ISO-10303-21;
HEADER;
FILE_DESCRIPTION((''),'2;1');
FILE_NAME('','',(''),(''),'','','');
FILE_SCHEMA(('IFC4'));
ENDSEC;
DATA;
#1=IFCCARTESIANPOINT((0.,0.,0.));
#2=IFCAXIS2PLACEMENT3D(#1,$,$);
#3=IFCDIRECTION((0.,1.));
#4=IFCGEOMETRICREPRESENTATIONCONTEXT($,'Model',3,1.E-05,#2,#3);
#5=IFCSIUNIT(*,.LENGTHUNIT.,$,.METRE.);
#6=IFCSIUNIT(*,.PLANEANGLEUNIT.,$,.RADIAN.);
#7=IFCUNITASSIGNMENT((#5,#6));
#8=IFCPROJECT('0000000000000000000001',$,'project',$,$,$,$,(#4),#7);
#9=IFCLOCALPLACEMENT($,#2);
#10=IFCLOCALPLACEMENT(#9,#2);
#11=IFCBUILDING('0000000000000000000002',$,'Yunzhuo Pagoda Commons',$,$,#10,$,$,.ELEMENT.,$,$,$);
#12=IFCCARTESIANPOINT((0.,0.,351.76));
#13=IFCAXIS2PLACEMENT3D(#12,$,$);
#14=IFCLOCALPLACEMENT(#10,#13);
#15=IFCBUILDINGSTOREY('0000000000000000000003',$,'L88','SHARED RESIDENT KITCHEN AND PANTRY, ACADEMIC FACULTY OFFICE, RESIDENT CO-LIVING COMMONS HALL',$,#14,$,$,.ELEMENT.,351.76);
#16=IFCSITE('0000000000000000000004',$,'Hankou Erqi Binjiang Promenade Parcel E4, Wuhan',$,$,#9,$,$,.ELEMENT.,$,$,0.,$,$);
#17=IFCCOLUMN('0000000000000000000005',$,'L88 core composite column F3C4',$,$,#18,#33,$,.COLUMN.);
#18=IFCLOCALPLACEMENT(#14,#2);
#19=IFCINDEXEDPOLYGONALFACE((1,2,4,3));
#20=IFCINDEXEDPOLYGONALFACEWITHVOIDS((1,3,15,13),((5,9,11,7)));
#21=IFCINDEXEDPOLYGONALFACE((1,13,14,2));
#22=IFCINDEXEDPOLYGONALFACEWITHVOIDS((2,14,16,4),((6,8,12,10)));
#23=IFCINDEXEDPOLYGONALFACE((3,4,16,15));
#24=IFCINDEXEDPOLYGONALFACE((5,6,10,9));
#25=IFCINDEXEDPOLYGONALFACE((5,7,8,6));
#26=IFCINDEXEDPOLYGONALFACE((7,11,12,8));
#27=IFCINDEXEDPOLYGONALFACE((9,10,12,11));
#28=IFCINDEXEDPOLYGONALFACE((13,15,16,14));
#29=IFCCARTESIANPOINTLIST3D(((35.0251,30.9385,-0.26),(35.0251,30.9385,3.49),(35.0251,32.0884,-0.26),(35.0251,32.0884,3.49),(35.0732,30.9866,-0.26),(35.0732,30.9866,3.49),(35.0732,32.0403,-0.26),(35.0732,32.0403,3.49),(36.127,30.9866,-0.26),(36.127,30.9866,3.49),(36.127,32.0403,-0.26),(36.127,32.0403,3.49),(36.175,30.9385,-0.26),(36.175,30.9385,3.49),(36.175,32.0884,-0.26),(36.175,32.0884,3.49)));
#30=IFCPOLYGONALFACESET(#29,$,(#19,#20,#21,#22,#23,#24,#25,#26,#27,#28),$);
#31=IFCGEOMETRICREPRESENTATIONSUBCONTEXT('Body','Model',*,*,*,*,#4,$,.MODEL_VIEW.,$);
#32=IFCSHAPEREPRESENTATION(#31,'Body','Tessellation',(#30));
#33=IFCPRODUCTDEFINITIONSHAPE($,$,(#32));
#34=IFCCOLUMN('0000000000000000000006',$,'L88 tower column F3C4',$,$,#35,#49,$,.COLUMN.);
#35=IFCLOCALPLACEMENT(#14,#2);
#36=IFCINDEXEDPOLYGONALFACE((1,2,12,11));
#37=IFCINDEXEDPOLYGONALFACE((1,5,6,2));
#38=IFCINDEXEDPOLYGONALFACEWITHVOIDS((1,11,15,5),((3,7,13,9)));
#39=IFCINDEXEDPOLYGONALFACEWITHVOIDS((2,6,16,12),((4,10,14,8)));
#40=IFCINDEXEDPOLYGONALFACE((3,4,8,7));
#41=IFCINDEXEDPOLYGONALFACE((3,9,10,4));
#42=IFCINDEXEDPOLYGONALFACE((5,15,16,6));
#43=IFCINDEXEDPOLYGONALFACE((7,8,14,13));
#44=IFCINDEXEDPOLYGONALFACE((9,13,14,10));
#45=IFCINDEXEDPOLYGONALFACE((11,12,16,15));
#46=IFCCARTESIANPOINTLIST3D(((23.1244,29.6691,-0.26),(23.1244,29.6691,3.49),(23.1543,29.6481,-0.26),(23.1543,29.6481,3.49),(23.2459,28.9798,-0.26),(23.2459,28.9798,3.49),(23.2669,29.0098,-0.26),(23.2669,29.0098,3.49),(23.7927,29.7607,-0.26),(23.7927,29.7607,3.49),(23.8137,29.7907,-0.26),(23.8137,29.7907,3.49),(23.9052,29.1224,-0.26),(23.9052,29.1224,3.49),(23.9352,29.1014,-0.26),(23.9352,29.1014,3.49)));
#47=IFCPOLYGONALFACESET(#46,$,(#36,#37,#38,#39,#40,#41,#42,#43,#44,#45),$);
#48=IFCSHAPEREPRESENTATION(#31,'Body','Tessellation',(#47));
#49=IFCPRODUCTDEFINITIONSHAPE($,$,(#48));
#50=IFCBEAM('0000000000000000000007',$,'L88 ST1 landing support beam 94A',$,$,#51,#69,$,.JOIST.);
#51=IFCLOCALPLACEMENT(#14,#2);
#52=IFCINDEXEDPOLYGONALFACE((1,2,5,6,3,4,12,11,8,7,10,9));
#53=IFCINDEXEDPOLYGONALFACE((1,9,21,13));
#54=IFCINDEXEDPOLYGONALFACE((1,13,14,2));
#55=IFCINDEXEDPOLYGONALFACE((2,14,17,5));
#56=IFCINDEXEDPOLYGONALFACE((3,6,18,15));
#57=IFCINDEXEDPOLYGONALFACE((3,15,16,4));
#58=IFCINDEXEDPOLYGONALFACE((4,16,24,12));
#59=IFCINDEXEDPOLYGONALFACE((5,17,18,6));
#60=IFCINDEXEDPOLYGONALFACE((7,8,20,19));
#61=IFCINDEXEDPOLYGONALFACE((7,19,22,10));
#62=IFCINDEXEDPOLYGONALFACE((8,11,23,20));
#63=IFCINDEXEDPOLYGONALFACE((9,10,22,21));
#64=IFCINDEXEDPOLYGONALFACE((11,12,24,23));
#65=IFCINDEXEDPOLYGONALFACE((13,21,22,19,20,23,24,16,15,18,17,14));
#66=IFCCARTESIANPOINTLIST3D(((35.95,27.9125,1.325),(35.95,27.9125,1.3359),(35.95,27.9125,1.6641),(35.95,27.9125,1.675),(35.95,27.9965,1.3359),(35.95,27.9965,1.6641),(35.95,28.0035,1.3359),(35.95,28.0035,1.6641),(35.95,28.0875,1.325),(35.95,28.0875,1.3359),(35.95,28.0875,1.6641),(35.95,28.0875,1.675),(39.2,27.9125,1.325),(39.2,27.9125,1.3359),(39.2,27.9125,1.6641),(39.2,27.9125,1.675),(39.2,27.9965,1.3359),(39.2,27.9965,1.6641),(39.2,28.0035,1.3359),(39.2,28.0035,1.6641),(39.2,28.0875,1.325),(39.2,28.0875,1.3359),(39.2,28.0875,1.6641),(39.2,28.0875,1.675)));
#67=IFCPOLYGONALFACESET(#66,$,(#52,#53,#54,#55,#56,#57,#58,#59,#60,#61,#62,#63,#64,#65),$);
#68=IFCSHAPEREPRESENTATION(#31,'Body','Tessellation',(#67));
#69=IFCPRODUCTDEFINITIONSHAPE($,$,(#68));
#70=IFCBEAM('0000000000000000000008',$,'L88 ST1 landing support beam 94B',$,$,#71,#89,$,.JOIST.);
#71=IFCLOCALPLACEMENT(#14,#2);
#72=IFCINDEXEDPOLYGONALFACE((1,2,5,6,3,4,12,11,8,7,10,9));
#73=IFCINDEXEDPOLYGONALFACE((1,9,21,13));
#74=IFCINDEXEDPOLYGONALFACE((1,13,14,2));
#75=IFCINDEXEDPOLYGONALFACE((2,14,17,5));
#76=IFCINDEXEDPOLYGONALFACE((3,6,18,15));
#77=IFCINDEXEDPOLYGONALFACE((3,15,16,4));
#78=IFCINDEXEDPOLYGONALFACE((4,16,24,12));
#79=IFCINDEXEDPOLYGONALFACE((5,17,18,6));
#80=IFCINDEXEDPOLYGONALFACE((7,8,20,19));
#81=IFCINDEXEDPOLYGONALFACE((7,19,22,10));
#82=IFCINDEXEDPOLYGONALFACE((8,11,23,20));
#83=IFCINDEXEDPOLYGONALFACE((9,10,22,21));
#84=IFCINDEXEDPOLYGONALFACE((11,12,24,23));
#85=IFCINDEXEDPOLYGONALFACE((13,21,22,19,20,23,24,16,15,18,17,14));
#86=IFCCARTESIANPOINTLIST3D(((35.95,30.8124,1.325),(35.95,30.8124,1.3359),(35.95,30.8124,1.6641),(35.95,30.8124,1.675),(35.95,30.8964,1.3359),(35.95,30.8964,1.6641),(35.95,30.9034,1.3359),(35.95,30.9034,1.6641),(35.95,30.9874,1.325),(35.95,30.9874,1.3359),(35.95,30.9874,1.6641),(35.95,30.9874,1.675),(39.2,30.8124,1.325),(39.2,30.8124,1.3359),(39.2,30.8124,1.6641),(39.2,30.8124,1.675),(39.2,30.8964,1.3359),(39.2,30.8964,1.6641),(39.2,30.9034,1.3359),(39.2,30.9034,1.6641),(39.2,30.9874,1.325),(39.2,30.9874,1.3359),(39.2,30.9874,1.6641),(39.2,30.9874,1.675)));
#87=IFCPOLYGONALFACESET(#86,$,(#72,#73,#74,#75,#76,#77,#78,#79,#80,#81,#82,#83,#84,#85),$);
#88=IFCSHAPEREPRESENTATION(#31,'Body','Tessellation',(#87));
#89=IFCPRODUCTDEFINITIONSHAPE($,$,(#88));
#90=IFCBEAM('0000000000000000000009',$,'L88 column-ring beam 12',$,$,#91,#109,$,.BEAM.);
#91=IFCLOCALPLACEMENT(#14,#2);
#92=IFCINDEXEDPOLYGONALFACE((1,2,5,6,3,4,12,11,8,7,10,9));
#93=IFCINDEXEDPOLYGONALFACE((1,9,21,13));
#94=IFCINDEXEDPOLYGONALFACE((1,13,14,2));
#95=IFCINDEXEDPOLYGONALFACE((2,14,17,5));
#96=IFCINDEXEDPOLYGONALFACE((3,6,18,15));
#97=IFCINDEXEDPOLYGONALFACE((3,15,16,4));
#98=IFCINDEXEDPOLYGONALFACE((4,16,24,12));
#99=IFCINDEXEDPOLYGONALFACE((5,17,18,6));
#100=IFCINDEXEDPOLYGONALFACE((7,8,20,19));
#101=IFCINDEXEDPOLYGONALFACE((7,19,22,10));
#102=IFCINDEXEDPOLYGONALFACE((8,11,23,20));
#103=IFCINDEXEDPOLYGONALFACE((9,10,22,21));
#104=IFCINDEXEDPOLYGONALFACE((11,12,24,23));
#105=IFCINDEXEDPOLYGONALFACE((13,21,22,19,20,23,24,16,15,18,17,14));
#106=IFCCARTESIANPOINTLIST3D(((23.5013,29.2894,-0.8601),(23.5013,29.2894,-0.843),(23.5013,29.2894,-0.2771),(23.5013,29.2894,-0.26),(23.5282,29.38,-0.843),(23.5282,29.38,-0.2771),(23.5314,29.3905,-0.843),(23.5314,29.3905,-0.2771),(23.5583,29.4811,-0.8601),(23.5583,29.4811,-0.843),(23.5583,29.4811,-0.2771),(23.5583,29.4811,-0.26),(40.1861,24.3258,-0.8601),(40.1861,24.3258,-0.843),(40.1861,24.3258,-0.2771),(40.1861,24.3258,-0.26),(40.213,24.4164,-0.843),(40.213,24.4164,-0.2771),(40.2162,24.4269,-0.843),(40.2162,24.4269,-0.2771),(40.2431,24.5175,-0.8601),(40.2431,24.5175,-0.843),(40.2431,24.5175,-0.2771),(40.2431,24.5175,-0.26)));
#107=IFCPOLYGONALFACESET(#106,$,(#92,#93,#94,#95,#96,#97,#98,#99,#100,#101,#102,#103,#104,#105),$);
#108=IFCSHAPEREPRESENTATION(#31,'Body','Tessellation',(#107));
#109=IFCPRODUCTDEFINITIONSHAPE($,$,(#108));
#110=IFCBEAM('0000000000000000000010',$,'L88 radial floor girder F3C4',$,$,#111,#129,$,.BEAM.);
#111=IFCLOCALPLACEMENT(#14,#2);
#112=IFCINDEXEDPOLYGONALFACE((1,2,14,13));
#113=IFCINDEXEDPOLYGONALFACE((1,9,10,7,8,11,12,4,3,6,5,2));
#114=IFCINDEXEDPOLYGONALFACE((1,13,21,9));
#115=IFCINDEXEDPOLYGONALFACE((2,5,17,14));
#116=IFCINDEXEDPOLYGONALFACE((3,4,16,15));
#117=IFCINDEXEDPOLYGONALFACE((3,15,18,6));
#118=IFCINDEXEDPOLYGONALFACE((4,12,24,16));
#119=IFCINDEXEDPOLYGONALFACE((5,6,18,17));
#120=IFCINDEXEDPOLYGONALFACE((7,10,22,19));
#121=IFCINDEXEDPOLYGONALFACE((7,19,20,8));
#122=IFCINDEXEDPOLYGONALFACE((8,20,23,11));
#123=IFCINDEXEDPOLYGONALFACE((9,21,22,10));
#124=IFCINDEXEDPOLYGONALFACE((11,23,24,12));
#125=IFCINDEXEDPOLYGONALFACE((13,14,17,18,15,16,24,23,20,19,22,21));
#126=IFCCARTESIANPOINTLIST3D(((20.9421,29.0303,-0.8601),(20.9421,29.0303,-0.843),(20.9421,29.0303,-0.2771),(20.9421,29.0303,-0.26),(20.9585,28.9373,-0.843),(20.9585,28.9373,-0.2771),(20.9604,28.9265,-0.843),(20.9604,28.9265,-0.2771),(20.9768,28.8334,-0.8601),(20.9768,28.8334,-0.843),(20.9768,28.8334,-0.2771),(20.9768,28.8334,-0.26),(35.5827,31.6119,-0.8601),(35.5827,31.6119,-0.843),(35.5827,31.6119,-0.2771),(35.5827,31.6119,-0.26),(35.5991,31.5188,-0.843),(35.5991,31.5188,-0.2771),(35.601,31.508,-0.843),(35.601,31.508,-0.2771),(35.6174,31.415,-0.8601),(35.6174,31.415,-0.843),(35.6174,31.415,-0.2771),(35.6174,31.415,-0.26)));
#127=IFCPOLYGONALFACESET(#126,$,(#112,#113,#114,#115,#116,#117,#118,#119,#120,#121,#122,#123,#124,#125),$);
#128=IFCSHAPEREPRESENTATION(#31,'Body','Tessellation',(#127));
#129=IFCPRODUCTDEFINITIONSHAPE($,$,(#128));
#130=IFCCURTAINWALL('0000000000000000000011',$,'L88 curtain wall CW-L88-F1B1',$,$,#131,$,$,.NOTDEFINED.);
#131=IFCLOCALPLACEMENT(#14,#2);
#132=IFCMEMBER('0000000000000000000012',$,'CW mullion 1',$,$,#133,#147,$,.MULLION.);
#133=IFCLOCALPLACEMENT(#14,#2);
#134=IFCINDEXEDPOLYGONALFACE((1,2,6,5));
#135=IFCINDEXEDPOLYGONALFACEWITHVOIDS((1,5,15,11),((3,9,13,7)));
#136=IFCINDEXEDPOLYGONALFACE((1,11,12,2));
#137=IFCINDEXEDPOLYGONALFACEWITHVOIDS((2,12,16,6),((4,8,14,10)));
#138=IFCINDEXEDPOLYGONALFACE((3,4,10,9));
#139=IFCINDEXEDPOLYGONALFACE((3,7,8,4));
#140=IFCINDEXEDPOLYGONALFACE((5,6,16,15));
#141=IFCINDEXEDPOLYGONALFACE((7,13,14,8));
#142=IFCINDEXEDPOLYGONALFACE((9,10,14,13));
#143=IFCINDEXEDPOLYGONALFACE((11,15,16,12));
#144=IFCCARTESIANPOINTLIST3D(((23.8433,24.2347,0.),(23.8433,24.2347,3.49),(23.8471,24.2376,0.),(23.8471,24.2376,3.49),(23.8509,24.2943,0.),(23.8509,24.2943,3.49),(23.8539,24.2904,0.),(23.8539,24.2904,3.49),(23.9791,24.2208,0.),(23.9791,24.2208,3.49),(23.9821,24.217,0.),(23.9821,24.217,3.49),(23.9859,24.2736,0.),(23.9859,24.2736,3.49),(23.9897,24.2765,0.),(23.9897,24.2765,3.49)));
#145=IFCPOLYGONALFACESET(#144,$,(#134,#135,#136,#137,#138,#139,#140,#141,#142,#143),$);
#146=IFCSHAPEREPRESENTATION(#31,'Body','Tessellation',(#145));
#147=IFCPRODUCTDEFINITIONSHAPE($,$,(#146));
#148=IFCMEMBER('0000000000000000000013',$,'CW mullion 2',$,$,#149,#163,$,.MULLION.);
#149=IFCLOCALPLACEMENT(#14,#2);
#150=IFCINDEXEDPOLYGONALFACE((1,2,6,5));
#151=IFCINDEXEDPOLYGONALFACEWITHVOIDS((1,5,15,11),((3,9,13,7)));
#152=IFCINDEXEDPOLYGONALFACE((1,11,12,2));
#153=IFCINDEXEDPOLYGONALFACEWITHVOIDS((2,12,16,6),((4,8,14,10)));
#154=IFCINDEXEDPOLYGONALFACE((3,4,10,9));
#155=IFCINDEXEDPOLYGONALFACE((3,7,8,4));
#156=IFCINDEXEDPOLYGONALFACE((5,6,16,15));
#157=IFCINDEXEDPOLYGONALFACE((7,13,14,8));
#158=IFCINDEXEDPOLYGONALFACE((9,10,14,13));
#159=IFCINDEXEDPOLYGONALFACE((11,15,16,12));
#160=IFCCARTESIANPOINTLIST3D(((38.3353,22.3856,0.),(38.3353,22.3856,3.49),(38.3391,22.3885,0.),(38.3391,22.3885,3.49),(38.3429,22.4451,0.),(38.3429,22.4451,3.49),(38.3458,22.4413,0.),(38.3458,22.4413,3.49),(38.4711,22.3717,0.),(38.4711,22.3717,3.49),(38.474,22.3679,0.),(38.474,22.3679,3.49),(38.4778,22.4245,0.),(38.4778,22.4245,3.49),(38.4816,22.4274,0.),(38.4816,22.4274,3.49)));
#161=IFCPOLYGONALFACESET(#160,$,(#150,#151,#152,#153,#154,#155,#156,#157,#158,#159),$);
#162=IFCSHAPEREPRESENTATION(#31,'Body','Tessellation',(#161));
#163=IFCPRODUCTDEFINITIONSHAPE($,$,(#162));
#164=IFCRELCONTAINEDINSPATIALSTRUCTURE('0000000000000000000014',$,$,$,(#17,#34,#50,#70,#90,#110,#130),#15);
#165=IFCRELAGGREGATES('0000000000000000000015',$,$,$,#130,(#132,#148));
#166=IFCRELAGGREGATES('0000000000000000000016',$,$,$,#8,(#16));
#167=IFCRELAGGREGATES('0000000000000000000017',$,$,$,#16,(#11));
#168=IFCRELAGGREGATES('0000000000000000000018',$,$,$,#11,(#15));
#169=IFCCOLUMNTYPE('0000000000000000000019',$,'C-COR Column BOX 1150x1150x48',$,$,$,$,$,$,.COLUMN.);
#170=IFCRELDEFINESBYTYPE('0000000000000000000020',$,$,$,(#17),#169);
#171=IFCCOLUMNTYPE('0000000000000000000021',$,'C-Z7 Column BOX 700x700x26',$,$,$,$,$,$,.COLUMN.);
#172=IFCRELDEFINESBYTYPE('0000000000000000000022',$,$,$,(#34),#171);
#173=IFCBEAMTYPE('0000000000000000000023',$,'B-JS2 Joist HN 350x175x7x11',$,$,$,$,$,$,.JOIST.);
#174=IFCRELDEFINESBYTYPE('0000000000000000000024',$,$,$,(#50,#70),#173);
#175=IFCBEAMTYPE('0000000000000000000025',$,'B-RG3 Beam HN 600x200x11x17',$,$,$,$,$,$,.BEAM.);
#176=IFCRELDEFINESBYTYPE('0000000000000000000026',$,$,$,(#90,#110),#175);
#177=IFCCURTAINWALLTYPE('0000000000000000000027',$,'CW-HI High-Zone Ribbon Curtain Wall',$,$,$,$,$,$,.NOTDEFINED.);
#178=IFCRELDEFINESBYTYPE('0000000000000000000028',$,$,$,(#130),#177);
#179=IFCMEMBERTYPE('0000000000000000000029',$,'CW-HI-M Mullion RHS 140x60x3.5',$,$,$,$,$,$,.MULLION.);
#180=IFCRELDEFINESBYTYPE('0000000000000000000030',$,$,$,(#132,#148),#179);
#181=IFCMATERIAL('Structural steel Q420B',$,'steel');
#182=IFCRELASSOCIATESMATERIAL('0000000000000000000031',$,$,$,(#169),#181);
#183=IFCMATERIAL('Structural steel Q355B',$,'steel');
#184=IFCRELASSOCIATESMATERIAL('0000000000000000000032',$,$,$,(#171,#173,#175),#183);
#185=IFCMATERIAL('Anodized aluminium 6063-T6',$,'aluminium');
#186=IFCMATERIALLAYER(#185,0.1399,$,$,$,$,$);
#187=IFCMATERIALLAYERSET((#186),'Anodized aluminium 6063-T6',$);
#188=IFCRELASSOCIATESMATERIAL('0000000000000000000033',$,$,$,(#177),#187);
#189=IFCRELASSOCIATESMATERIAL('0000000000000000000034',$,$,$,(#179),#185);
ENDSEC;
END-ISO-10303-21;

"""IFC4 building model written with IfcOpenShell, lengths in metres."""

from ifc_helpers import new_model, si_unit, direction, frame, origin, origin_2d, place, context, subcontext, project, spatial, hollow_rectangle, i_section, extrude, source, transform, mapped, material, layer, layer_set, material_profile, profile_set, type_object, element, aggregate, save


model = new_model("IFC4")

# Units and contexts
model_context = context("Model", 3, precision=1e-05, world=origin(), true_north=direction((0.0, 1.0)))
body_context = subcontext(model_context, "Body", "Model", "MODEL_VIEW")
ifc_project = project(units=[si_unit("LENGTHUNIT", "METRE"), si_unit("PLANEANGLEUNIT", "RADIAN")], contexts=[model_context])

# Site, building, storey
site_placement = place(None, origin())
site = spatial("IfcSite", under=ifc_project, at=site_placement, Name="Hankou Erqi Binjiang Promenade Parcel E4, Wuhan", CompositionType="ELEMENT", RefElevation=0.0)
building_placement = place(site_placement, origin())
building = spatial("IfcBuilding", under=site, at=building_placement, Name="Yunzhuo Pagoda Commons", CompositionType="ELEMENT")
storey_placement = place(building_placement, frame((0.0, 0.0, 351.76)))
storey = spatial("IfcBuildingStorey", under=building, at=storey_placement, Name="L88", Description="SHARED RESIDENT KITCHEN AND PANTRY, ACADEMIC FACULTY OFFICE, RESIDENT CO-LIVING COMMONS HALL", CompositionType="ELEMENT", Elevation=351.76)

# Columns
ifc_material_1 = material(Name="Structural steel Q420B", Category="steel")
ifc_material_profile_1 = material_profile(ifc_material_1, hollow_rectangle(XDim=1.1499, YDim=1.1499, WallThickness=0.0481, at=origin_2d()), Name="Structural steel Q420B")
ifc_profile_set_1 = profile_set([ifc_material_profile_1], Name="Structural steel Q420B")
column_type_1 = type_object("IfcColumnType", Name="C-COR Column BOX 1150x1150x48", PredefinedType="COLUMN", material=ifc_profile_set_1)
shared_shape_1 = source(origin(), body_context, "Body", "SweptSolid", [
    extrude(hollow_rectangle(XDim=1.1499, YDim=1.1499, WallThickness=0.0481, at=origin_2d()), origin(), (0.0, 0.0, 1.0), 3.75),
])
column_1_placement = place(storey_placement, frame((35.6001, 31.5134, -0.26), z_axis=(0.0, 0.0, 1.0), x_axis=(1.0, 0.0, 0.0)))
element("IfcColumn", 1, at=column_1_placement, inside=storey, type_object=column_type_1, Name="L88 core composite column F3C4", PredefinedType="COLUMN", context=body_context, shape_type="MappedRepresentation", body=[
    mapped(shared_shape_1, transform((0.0, 0.0, 0.0), scale=1.0)),
])
ifc_material_2 = material(Name="Structural steel Q355B", Category="steel")
ifc_material_profile_2 = material_profile(ifc_material_2, hollow_rectangle(XDim=0.7, YDim=0.7, WallThickness=0.0259, at=origin_2d()), Name="Structural steel Q355B")
ifc_profile_set_2 = profile_set([ifc_material_profile_2], Name="Structural steel Q355B")
column_type_2 = type_object("IfcColumnType", Name="C-Z7 Column BOX 700x700x26", PredefinedType="COLUMN", material=ifc_profile_set_2)
shared_shape_2 = source(origin(), body_context, "Body", "SweptSolid", [
    extrude(hollow_rectangle(XDim=0.7, YDim=0.7, WallThickness=0.0259, at=origin_2d()), origin(), (0.0, 0.0, 1.0), 3.75),
])
column_2_placement = place(storey_placement, frame((23.5298, 29.3853, -0.26), z_axis=(0.0, 0.0, 1.0), x_axis=(0.173648, -0.984808, 0.0)))
element("IfcColumn", 2, at=column_2_placement, inside=storey, type_object=column_type_2, Name="L88 tower column F3C4", PredefinedType="COLUMN", context=body_context, shape_type="MappedRepresentation", body=[
    mapped(shared_shape_2, transform((0.0, 0.0, 0.0), scale=1.0)),
])

# Beams
ifc_material_profile_3 = material_profile(ifc_material_2, i_section(OverallWidth=0.175, OverallDepth=0.3501, WebThickness=0.0071, FlangeThickness=0.011, at=origin_2d()), Name="Structural steel Q355B")
ifc_profile_set_3 = profile_set([ifc_material_profile_3], Name="Structural steel Q355B")
beam_type_1 = type_object("IfcBeamType", Name="B-JS2 Joist HN 350x175x7x11", PredefinedType="JOIST", material=ifc_profile_set_3)
shared_shape_3 = source(origin(), body_context, "Body", "SweptSolid", [
    extrude(i_section(OverallWidth=0.175, OverallDepth=0.3501, WebThickness=0.0071, FlangeThickness=0.011, at=origin_2d()), origin(), (0.0, 0.0, 1.0), 3.25),
])
for number, where, z_axis, x_axis, name in (
    (3, (35.95, 28.0, 1.5), (1.0, 0.0, 0.0), (0.0, 1.0, 0.0), "L88 ST1 landing support beam 94A"),
    (4, (35.95, 30.8999, 1.5), (1.0, 0.0, 0.0), (0.0, 1.0, 0.0), "L88 ST1 landing support beam 94B"),
):
    element("IfcBeam", number, at=place(storey_placement, frame(where, z_axis=z_axis, x_axis=x_axis)), inside=storey, type_object=beam_type_1, Name=name, PredefinedType="JOIST", context=body_context, shape_type="MappedRepresentation", body=[
        mapped(shared_shape_3, transform((0.0, 0.0, 0.0), scale=1.0)),
    ])
ifc_material_profile_4 = material_profile(ifc_material_2, i_section(OverallWidth=0.2, OverallDepth=0.6001, WebThickness=0.011, FlangeThickness=0.0171, at=origin_2d()), Name="Structural steel Q355B")
ifc_profile_set_4 = profile_set([ifc_material_profile_4], Name="Structural steel Q355B")
beam_type_2 = type_object("IfcBeamType", Name="B-RG3 Beam HN 600x200x11x17", PredefinedType="BEAM", material=ifc_profile_set_4)
shared_shape_4 = source(origin(), body_context, "Body", "SweptSolid", [
    extrude(i_section(OverallWidth=0.2, OverallDepth=0.6001, WebThickness=0.011, FlangeThickness=0.0171, at=origin_2d()), origin(), (0.0, 0.0, 1.0), 17.4075),
])
beam_1_placement = place(storey_placement, frame((23.5298, 29.3853, -0.5601), z_axis=(0.958485, -0.285143, 0.0), x_axis=(0.285143, 0.958485, 0.0)))
element("IfcBeam", 5, at=beam_1_placement, inside=storey, type_object=beam_type_2, Name="L88 column-ring beam 12", PredefinedType="BEAM", context=body_context, shape_type="MappedRepresentation", body=[
    mapped(shared_shape_4, transform((0.0, 0.0, 0.0), scale=1.0)),
])
shared_shape_5 = source(origin(), body_context, "Body", "SweptSolid", [
    extrude(i_section(OverallWidth=0.2, OverallDepth=0.6001, WebThickness=0.011, FlangeThickness=0.0171, at=origin_2d()), origin(), (0.0, 0.0, 1.0), 14.8665),
])
beam_2_placement = place(storey_placement, frame((20.9595, 28.9319, -0.5601), z_axis=(0.984808, 0.173649, 0.0), x_axis=(-0.173649, 0.984808, 0.0)))
element("IfcBeam", 6, at=beam_2_placement, inside=storey, type_object=beam_type_2, Name="L88 radial floor girder F3C4", PredefinedType="BEAM", context=body_context, shape_type="MappedRepresentation", body=[
    mapped(shared_shape_5, transform((0.0, 0.0, 0.0), scale=1.0)),
])

# Curtain wall, members
ifc_material_3 = material(Name="Anodized aluminium 6063-T6", Category="aluminium")
ifc_layer_1 = layer(ifc_material_3, 0.1399)
ifc_layer_set_1 = layer_set([ifc_layer_1], Name="Anodized aluminium 6063-T6")
curtain_wall_type = type_object("IfcCurtainWallType", Name="CW-HI High-Zone Ribbon Curtain Wall", PredefinedType="NOTDEFINED", material=ifc_layer_set_1)
curtain_wall_1_placement = place(storey_placement, origin())
curtain_wall_1 = element("IfcCurtainWall", 7, at=curtain_wall_1_placement, inside=storey, type_object=curtain_wall_type, Name="L88 curtain wall CW-L88-F1B1", PredefinedType="NOTDEFINED")
ifc_material_profile_5 = material_profile(ifc_material_3, hollow_rectangle(XDim=0.0601, YDim=0.1399, WallThickness=0.0034, at=origin_2d()), Name="Anodized aluminium 6063-T6")
ifc_profile_set_5 = profile_set([ifc_material_profile_5], Name="Anodized aluminium 6063-T6")
member_type_1 = type_object("IfcMemberType", Name="CW-HI-M Mullion RHS 140x60x3.5", PredefinedType="MULLION", material=ifc_profile_set_5)
shared_shape_6 = source(origin(), body_context, "Body", "SweptSolid", [
    extrude(hollow_rectangle(XDim=0.0601, YDim=0.1399, WallThickness=0.0034, at=origin_2d()), origin(), (0.0, 0.0, 1.0), 3.49),
])
member_1_placement = place(storey_placement, frame((23.9165, 24.2556, 0.0), z_axis=(0.0, 0.0, 1.0), x_axis=(0.126571, 0.991958, 0.0)))
member_1 = element("IfcMember", 8, at=member_1_placement, type_object=member_type_1, Name="CW mullion 1", PredefinedType="MULLION", context=body_context, shape_type="MappedRepresentation", body=[
    mapped(shared_shape_6, transform((0.0, 0.0, 0.0), scale=1.0)),
])
member_2_placement = place(storey_placement, frame((38.4084, 22.4065, 0.0), z_axis=(0.0, 0.0, 1.0), x_axis=(0.126571, 0.991958, 0.0)))
member_2 = element("IfcMember", 9, at=member_2_placement, type_object=member_type_1, Name="CW mullion 2", PredefinedType="MULLION", context=body_context, shape_type="MappedRepresentation", body=[
    mapped(shared_shape_6, transform((0.0, 0.0, 0.0), scale=1.0)),
])

aggregate(curtain_wall_1, [member_1, member_2])

save(model, "model.ifc")
